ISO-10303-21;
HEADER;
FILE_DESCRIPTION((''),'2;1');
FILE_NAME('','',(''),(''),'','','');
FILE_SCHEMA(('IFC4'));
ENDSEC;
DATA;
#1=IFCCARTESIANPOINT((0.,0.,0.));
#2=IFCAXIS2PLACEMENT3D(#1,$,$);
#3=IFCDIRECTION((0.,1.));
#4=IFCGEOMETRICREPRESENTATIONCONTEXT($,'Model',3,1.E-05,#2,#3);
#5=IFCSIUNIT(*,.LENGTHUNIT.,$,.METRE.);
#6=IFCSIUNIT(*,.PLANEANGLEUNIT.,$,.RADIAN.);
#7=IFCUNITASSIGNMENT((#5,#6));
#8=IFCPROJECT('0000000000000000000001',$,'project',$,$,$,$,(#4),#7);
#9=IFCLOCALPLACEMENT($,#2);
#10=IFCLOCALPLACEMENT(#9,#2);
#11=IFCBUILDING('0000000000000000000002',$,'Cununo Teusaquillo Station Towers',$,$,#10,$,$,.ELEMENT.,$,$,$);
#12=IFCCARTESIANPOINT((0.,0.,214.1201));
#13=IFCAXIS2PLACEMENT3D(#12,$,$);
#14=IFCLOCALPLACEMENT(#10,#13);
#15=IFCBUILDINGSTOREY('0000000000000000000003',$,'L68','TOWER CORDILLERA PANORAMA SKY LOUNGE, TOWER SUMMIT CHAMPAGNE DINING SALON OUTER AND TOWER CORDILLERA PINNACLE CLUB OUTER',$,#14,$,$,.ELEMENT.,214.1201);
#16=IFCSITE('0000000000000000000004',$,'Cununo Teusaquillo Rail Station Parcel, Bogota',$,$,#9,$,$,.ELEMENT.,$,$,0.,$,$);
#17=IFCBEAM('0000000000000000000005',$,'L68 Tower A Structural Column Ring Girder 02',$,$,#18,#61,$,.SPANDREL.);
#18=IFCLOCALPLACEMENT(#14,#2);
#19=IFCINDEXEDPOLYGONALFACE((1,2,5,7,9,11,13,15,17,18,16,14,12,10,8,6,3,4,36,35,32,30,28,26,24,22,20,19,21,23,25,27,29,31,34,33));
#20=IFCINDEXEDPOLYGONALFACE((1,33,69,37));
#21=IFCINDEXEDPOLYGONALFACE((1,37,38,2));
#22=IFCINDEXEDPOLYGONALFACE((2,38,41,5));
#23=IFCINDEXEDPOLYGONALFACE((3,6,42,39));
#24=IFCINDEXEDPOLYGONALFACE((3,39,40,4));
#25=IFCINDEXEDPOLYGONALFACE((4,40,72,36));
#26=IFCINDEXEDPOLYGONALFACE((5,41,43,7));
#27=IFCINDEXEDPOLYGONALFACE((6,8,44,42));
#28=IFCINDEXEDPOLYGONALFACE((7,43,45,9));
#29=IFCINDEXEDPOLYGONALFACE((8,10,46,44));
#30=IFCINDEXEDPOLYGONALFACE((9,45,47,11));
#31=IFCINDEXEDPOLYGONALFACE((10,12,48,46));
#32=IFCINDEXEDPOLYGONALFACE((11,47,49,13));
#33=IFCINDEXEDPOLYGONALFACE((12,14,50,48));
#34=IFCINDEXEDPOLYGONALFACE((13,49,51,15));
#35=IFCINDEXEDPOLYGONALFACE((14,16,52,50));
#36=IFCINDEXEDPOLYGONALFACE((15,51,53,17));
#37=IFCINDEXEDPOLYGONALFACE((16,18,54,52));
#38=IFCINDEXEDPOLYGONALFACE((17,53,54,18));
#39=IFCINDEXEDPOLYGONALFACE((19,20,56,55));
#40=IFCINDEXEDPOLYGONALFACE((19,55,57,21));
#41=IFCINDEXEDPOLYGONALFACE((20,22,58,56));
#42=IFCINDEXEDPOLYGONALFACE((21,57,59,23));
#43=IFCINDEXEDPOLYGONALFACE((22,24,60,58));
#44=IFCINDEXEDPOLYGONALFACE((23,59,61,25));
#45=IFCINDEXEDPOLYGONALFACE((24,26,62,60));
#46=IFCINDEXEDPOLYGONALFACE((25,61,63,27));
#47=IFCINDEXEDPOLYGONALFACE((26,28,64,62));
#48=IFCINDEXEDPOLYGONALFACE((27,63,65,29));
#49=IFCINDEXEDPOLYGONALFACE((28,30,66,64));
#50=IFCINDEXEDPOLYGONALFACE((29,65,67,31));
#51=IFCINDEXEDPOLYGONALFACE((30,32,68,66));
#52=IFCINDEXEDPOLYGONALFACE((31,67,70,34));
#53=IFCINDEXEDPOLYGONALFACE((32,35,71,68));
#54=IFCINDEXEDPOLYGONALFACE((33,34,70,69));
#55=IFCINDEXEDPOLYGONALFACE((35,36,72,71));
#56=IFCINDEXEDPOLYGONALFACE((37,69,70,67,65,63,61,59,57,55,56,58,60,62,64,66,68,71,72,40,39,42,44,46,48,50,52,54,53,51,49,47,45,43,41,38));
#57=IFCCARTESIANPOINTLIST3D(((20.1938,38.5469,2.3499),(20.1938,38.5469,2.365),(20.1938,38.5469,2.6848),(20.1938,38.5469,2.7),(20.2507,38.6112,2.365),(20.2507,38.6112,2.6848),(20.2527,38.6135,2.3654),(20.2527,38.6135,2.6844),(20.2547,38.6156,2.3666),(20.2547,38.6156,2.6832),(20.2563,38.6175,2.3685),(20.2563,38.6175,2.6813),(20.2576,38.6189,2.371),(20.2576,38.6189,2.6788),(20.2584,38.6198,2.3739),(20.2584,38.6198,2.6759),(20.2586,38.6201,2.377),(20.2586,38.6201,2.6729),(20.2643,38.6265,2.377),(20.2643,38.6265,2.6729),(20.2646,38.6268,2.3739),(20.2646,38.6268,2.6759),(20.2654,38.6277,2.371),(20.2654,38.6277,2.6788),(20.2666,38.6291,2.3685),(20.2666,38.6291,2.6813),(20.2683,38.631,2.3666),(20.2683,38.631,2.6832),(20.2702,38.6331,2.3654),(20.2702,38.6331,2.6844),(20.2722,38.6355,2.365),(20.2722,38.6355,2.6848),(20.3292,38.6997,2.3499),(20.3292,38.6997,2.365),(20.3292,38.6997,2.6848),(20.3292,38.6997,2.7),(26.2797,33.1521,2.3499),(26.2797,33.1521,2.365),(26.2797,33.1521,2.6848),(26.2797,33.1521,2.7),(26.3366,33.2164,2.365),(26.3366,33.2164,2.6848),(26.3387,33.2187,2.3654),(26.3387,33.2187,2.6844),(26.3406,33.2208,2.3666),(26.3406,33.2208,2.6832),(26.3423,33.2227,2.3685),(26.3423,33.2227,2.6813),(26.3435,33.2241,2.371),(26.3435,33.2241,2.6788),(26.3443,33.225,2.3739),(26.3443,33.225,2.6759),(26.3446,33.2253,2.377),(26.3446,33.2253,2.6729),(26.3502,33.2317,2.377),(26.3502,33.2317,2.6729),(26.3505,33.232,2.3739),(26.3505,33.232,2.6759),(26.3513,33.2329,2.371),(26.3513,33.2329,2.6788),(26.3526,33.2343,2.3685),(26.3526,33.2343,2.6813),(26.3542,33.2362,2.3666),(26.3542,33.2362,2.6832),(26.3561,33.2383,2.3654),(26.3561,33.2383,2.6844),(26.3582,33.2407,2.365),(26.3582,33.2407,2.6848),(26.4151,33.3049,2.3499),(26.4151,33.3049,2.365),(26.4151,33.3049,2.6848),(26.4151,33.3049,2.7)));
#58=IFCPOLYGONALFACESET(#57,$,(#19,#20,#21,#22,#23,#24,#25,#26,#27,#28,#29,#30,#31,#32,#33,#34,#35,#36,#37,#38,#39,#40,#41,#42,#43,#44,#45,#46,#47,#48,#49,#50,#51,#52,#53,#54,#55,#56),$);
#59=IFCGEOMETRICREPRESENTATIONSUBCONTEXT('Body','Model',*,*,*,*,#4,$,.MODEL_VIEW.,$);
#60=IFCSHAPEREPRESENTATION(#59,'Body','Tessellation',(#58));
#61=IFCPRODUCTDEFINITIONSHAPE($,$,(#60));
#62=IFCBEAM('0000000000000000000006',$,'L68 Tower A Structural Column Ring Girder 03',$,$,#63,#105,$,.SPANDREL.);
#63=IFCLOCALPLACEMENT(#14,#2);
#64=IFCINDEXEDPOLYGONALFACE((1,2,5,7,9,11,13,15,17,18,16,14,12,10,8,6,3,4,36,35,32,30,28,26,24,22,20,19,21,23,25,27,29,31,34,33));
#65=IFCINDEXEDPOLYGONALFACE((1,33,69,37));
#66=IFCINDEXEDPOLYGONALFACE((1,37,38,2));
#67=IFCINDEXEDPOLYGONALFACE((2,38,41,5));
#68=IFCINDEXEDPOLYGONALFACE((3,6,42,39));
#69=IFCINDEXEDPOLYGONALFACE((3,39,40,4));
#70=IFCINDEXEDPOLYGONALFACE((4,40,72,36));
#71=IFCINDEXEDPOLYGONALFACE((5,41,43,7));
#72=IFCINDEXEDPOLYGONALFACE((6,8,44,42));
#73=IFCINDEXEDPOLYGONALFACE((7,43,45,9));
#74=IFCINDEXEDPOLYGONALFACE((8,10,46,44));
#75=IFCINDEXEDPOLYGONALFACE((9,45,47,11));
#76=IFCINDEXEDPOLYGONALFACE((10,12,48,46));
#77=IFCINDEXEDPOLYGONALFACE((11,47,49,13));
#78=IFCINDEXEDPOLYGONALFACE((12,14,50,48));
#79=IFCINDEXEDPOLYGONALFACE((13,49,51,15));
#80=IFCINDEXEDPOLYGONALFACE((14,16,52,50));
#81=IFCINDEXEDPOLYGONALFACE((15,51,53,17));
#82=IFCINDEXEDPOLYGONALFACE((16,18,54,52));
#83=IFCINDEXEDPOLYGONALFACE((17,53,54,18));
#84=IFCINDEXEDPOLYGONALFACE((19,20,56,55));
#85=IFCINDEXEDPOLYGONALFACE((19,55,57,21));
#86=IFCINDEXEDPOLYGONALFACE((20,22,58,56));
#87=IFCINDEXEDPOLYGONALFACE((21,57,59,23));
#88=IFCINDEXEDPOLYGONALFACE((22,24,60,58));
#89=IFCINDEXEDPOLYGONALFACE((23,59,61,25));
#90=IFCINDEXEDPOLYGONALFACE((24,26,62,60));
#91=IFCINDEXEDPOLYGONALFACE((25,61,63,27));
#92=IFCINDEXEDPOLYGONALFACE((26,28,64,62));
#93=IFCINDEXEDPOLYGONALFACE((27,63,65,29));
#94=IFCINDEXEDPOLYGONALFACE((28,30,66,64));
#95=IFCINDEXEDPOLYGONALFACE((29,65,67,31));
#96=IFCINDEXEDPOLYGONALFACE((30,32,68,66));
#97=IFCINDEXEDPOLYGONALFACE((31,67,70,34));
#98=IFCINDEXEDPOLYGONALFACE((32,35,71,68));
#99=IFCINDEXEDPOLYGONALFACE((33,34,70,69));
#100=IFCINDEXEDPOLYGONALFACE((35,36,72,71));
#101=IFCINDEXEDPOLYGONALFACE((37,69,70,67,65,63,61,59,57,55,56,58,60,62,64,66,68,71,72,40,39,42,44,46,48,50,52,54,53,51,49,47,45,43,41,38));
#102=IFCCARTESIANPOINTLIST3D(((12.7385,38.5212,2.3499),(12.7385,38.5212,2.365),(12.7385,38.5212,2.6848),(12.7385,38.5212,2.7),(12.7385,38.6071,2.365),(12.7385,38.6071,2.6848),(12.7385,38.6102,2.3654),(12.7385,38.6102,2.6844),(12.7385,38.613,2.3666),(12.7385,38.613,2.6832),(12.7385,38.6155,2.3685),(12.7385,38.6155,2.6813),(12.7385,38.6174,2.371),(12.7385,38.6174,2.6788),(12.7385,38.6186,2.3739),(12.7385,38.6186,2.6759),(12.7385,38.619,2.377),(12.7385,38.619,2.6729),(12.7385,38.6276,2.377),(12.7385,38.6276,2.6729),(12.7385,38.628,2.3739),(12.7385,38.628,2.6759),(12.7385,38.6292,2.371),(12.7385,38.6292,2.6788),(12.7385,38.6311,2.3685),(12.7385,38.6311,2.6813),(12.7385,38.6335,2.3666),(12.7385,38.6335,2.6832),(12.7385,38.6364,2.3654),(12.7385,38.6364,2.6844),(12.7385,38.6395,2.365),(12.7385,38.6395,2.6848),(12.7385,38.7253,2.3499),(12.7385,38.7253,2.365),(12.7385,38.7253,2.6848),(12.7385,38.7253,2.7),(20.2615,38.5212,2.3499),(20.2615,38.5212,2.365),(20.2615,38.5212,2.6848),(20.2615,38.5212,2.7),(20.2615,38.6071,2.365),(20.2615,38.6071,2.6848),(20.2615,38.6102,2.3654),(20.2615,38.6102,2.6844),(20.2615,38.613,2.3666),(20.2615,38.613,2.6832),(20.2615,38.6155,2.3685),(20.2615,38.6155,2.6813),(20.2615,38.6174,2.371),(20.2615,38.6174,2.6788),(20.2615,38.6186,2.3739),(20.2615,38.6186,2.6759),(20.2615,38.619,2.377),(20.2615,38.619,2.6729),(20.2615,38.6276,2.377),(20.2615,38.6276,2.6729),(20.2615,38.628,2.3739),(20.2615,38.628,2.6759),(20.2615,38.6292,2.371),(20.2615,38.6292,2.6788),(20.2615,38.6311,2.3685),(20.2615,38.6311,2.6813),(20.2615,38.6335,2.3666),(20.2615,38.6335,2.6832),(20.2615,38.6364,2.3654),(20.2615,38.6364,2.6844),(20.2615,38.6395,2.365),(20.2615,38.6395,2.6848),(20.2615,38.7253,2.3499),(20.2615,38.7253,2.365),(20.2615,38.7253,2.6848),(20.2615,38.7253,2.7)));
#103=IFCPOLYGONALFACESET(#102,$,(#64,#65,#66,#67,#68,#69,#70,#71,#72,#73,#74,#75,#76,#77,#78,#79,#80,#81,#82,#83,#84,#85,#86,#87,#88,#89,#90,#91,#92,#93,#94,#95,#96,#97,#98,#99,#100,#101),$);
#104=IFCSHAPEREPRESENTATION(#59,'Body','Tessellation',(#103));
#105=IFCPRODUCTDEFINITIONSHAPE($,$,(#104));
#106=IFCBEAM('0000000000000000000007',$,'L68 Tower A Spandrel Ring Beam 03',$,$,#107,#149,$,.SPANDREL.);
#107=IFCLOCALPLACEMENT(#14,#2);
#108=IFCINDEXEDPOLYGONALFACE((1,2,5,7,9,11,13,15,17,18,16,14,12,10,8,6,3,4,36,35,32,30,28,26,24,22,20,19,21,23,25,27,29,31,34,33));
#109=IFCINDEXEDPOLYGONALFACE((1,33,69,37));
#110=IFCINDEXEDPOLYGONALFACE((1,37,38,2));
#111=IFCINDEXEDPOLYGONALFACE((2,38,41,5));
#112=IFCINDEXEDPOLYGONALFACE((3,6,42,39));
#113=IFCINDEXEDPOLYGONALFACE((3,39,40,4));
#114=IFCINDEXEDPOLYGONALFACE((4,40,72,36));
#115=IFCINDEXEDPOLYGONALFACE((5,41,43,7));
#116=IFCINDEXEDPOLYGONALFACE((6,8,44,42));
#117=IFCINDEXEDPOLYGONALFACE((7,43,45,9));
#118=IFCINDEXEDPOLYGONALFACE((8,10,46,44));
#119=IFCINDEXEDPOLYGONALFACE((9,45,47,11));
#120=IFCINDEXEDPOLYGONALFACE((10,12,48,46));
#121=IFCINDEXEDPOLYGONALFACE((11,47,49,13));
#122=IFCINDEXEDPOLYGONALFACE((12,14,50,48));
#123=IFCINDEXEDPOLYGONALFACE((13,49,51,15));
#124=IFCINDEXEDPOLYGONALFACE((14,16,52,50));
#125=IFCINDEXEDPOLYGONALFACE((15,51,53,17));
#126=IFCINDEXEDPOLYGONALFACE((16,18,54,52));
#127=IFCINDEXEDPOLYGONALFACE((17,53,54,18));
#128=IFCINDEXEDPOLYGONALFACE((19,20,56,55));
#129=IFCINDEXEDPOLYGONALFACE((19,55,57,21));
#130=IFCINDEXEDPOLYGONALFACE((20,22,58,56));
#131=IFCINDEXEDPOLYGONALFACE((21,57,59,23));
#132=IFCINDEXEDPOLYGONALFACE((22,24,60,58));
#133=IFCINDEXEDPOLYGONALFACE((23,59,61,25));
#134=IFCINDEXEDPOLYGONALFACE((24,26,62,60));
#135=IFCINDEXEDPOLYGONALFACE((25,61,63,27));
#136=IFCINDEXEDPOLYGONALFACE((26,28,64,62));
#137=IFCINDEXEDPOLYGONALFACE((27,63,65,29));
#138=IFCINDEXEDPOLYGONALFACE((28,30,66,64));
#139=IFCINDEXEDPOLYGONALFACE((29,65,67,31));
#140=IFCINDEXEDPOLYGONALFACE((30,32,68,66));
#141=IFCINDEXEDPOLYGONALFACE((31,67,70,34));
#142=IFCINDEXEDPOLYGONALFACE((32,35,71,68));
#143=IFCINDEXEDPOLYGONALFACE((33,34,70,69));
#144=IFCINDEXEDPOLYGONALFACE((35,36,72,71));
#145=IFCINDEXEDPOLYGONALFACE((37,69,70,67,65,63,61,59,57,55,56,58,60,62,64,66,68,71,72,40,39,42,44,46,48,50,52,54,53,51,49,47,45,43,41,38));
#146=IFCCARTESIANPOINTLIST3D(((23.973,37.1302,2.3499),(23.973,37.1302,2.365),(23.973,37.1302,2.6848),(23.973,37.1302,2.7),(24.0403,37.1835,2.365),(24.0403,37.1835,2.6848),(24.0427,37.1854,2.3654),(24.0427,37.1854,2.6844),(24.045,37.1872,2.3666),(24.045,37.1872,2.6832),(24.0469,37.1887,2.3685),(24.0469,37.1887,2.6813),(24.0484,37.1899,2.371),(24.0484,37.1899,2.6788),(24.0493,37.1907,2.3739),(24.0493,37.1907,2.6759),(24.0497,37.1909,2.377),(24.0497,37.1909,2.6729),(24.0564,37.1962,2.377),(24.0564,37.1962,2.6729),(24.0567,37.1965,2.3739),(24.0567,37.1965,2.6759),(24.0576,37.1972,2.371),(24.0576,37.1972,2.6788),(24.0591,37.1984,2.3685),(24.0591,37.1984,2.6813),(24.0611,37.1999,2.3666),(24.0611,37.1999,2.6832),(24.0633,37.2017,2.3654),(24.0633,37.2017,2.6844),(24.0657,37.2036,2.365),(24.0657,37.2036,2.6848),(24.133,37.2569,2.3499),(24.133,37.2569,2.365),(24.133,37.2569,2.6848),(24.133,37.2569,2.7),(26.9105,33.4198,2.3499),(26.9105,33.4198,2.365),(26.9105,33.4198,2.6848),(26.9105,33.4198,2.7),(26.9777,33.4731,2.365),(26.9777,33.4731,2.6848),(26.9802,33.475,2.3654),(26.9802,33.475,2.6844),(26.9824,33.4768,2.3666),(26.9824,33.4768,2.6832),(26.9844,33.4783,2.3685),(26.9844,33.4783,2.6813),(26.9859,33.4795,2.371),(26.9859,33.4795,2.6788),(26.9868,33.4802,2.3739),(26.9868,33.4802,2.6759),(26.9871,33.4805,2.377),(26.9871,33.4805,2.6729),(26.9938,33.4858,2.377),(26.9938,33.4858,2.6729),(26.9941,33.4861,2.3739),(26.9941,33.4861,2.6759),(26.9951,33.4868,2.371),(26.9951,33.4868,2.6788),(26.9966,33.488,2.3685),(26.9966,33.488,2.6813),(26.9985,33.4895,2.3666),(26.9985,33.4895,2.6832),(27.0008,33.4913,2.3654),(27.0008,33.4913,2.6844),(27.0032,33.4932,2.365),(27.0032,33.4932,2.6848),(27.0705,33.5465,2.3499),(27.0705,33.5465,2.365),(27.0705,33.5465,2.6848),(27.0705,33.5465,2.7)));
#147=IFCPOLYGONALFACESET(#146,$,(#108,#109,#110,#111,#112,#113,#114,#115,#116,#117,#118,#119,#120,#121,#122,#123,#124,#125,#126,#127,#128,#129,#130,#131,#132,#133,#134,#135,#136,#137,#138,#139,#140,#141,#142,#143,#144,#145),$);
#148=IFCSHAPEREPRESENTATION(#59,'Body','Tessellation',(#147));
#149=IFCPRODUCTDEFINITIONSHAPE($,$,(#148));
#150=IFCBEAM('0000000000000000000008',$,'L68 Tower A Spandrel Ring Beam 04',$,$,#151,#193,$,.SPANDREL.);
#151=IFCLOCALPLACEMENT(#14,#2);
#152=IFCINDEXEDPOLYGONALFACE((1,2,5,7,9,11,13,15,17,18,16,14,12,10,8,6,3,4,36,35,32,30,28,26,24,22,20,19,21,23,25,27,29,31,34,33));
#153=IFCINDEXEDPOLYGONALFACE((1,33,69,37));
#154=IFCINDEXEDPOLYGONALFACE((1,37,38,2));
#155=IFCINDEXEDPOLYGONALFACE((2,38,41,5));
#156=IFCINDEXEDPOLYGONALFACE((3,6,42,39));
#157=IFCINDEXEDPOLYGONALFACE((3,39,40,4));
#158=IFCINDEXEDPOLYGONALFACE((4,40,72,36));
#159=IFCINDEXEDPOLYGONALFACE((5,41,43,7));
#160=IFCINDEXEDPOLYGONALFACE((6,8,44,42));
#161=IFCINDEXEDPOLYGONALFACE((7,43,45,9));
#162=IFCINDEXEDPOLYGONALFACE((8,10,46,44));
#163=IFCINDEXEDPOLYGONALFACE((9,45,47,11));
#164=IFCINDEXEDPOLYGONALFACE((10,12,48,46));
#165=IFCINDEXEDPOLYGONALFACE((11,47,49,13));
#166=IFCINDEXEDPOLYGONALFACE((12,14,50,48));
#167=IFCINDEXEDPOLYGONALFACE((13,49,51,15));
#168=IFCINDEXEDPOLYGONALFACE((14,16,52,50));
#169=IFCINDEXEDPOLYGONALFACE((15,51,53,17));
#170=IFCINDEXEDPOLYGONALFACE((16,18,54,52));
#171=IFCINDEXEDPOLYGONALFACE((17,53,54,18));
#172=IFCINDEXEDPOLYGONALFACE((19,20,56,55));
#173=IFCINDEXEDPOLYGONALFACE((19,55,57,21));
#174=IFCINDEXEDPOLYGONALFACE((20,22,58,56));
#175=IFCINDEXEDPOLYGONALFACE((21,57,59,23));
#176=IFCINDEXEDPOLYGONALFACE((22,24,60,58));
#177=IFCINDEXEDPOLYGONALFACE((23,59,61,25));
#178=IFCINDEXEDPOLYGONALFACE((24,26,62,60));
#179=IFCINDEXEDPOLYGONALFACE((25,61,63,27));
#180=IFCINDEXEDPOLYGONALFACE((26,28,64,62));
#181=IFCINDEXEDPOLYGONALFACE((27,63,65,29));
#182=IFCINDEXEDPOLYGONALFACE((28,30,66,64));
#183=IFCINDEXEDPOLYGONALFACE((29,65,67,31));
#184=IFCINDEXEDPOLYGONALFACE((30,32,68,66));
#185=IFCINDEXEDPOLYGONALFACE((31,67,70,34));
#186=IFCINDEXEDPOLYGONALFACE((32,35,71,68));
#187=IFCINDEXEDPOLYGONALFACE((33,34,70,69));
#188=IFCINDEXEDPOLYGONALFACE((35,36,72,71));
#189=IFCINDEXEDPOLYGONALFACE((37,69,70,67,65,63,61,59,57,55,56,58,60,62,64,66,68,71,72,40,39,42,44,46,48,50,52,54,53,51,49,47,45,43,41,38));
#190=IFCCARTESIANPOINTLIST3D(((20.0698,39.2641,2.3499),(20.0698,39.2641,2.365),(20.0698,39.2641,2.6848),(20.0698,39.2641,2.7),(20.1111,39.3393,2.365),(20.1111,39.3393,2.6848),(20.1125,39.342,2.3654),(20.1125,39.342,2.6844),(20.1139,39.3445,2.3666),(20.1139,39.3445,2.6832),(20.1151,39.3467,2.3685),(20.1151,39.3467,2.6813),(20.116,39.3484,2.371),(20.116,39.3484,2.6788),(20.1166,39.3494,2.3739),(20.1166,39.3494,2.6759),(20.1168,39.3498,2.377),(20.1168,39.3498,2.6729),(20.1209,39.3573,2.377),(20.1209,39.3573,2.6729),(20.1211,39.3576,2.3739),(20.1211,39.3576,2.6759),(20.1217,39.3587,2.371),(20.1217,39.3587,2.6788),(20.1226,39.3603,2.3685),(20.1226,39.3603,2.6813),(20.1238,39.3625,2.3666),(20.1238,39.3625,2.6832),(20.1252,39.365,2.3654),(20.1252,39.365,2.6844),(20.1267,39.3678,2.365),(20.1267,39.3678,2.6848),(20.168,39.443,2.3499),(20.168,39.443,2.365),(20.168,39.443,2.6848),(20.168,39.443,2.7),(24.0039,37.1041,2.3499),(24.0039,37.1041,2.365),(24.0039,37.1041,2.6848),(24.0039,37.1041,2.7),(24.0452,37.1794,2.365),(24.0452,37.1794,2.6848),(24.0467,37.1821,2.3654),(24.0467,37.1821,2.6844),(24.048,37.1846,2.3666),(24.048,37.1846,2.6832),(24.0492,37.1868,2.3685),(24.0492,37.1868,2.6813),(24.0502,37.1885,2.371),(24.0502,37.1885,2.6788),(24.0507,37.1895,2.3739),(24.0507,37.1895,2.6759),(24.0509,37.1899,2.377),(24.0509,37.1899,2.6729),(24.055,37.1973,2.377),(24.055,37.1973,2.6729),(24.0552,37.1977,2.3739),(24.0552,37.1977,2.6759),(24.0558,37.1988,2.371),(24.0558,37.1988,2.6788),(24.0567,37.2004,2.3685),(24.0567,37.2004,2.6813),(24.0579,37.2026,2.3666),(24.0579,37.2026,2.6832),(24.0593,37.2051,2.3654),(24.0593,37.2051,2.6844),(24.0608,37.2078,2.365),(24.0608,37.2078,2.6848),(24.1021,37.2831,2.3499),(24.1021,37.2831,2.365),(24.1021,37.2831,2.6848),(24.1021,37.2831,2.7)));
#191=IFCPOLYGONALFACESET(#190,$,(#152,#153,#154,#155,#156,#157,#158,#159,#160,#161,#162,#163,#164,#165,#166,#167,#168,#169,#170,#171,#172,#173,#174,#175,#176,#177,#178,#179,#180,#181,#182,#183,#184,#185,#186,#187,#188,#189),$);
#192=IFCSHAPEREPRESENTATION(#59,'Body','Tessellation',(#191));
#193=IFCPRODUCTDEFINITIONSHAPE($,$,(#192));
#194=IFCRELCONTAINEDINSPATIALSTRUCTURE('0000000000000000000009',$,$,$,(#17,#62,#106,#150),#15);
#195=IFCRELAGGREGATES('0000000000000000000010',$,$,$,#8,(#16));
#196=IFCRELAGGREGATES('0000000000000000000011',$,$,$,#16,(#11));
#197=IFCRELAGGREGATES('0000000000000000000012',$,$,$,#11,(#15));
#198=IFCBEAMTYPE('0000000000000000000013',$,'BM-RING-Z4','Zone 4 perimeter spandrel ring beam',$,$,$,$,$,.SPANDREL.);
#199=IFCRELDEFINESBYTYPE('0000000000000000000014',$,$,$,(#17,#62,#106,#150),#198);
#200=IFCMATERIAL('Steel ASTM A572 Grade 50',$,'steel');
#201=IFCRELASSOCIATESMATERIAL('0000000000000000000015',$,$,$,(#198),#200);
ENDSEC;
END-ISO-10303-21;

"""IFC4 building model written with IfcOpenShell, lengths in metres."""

from ifc_helpers import new_model, si_unit, direction, frame, origin, origin_2d, place, context, subcontext, project, spatial, i_section, extrude, material, material_profile, profile_set, type_object, element, save


model = new_model("IFC4")

# Units and contexts
model_context = context("Model", 3, precision=1e-05, world=origin(), true_north=direction((0.0, 1.0)))
body_context = subcontext(model_context, "Body", "Model", "MODEL_VIEW")
ifc_project = project(units=[si_unit("LENGTHUNIT", "METRE"), si_unit("PLANEANGLEUNIT", "RADIAN")], contexts=[model_context])

# Site, building, storey
site_placement = place(None, origin())
site = spatial("IfcSite", under=ifc_project, at=site_placement, Name="Cununo Teusaquillo Rail Station Parcel, Bogota", CompositionType="ELEMENT", RefElevation=0.0)
building_placement = place(site_placement, origin())
building = spatial("IfcBuilding", under=site, at=building_placement, Name="Cununo Teusaquillo Station Towers", CompositionType="ELEMENT")
storey_placement = place(building_placement, frame((0.0, 0.0, 214.1201)))
storey = spatial("IfcBuildingStorey", under=building, at=storey_placement, Name="L68", Description="TOWER CORDILLERA PANORAMA SKY LOUNGE, TOWER SUMMIT CHAMPAGNE DINING SALON OUTER AND TOWER CORDILLERA PINNACLE CLUB OUTER", CompositionType="ELEMENT", Elevation=214.1201)

# Beams
ifc_material_1 = material(Name="Steel ASTM A572 Grade 50", Category="steel")
ifc_material_profile_1 = material_profile(ifc_material_1, i_section(OverallWidth=0.2041, OverallDepth=0.3501, WebThickness=0.0085, FlangeThickness=0.0151, FilletRadius=0.012, at=origin_2d()), Name="W14X48")
ifc_profile_set_1 = profile_set([ifc_material_profile_1], Name="Steel ASTM A572 Grade 50")
beam_type_1 = type_object("IfcBeamType", Name="BM-RING-Z4", Description="Zone 4 perimeter spandrel ring beam", PredefinedType="SPANDREL", material=ifc_profile_set_1)
beam_1_placement = place(storey_placement, frame((26.3474, 33.2285, 2.5249), z_axis=(-0.748321, 0.663337, 0.0), x_axis=(-0.663337, -0.748321, 0.0)))
element("IfcBeam", 1, at=beam_1_placement, inside=storey, type_object=beam_type_1, Name="L68 Tower A Structural Column Ring Girder 02", PredefinedType="SPANDREL", context=body_context, shape_type="SweptSolid", body=[
    extrude(i_section(OverallWidth=0.2041, OverallDepth=0.3501, WebThickness=0.0085, FlangeThickness=0.0151, FilletRadius=0.012, at=origin_2d()), origin(), (0.0, 0.0, 1.0), 8.1328),
])
beam_2_placement = place(storey_placement, frame((20.2615, 38.6233, 2.5249), z_axis=(-1.0, 0.0, 0.0), x_axis=(0.0, -1.0, 0.0)))
element("IfcBeam", 2, at=beam_2_placement, inside=storey, type_object=beam_type_1, Name="L68 Tower A Structural Column Ring Girder 03", PredefinedType="SPANDREL", context=body_context, shape_type="SweptSolid", body=[
    extrude(i_section(OverallWidth=0.2041, OverallDepth=0.3501, WebThickness=0.0085, FlangeThickness=0.0151, FilletRadius=0.012, at=origin_2d()), origin(), (0.0, 0.0, 1.0), 7.5229),
])
beam_3_placement = place(storey_placement, frame((26.9905, 33.4832, 2.5249), z_axis=(-0.620711, 0.78404, 0.0), x_axis=(-0.78404, -0.620711, 0.0)))
element("IfcBeam", 3, at=beam_3_placement, inside=storey, type_object=beam_type_1, Name="L68 Tower A Spandrel Ring Beam 03", PredefinedType="SPANDREL", context=body_context, shape_type="SweptSolid", body=[
    extrude(i_section(OverallWidth=0.2041, OverallDepth=0.3501, WebThickness=0.0085, FlangeThickness=0.0151, FilletRadius=0.012, at=origin_2d()), origin(), (0.0, 0.0, 1.0), 4.7324),
])
beam_4_placement = place(storey_placement, frame((24.053, 37.1936, 2.5249), z_axis=(-0.876576, 0.481263, 0.0), x_axis=(-0.481263, -0.876576, 0.0)))
element("IfcBeam", 4, at=beam_4_placement, inside=storey, type_object=beam_type_1, Name="L68 Tower A Spandrel Ring Beam 04", PredefinedType="SPANDREL", context=body_context, shape_type="SweptSolid", body=[
    extrude(i_section(OverallWidth=0.2041, OverallDepth=0.3501, WebThickness=0.0085, FlangeThickness=0.0151, FilletRadius=0.012, at=origin_2d()), origin(), (0.0, 0.0, 1.0), 4.488),
])

save(model, "model.ifc")
